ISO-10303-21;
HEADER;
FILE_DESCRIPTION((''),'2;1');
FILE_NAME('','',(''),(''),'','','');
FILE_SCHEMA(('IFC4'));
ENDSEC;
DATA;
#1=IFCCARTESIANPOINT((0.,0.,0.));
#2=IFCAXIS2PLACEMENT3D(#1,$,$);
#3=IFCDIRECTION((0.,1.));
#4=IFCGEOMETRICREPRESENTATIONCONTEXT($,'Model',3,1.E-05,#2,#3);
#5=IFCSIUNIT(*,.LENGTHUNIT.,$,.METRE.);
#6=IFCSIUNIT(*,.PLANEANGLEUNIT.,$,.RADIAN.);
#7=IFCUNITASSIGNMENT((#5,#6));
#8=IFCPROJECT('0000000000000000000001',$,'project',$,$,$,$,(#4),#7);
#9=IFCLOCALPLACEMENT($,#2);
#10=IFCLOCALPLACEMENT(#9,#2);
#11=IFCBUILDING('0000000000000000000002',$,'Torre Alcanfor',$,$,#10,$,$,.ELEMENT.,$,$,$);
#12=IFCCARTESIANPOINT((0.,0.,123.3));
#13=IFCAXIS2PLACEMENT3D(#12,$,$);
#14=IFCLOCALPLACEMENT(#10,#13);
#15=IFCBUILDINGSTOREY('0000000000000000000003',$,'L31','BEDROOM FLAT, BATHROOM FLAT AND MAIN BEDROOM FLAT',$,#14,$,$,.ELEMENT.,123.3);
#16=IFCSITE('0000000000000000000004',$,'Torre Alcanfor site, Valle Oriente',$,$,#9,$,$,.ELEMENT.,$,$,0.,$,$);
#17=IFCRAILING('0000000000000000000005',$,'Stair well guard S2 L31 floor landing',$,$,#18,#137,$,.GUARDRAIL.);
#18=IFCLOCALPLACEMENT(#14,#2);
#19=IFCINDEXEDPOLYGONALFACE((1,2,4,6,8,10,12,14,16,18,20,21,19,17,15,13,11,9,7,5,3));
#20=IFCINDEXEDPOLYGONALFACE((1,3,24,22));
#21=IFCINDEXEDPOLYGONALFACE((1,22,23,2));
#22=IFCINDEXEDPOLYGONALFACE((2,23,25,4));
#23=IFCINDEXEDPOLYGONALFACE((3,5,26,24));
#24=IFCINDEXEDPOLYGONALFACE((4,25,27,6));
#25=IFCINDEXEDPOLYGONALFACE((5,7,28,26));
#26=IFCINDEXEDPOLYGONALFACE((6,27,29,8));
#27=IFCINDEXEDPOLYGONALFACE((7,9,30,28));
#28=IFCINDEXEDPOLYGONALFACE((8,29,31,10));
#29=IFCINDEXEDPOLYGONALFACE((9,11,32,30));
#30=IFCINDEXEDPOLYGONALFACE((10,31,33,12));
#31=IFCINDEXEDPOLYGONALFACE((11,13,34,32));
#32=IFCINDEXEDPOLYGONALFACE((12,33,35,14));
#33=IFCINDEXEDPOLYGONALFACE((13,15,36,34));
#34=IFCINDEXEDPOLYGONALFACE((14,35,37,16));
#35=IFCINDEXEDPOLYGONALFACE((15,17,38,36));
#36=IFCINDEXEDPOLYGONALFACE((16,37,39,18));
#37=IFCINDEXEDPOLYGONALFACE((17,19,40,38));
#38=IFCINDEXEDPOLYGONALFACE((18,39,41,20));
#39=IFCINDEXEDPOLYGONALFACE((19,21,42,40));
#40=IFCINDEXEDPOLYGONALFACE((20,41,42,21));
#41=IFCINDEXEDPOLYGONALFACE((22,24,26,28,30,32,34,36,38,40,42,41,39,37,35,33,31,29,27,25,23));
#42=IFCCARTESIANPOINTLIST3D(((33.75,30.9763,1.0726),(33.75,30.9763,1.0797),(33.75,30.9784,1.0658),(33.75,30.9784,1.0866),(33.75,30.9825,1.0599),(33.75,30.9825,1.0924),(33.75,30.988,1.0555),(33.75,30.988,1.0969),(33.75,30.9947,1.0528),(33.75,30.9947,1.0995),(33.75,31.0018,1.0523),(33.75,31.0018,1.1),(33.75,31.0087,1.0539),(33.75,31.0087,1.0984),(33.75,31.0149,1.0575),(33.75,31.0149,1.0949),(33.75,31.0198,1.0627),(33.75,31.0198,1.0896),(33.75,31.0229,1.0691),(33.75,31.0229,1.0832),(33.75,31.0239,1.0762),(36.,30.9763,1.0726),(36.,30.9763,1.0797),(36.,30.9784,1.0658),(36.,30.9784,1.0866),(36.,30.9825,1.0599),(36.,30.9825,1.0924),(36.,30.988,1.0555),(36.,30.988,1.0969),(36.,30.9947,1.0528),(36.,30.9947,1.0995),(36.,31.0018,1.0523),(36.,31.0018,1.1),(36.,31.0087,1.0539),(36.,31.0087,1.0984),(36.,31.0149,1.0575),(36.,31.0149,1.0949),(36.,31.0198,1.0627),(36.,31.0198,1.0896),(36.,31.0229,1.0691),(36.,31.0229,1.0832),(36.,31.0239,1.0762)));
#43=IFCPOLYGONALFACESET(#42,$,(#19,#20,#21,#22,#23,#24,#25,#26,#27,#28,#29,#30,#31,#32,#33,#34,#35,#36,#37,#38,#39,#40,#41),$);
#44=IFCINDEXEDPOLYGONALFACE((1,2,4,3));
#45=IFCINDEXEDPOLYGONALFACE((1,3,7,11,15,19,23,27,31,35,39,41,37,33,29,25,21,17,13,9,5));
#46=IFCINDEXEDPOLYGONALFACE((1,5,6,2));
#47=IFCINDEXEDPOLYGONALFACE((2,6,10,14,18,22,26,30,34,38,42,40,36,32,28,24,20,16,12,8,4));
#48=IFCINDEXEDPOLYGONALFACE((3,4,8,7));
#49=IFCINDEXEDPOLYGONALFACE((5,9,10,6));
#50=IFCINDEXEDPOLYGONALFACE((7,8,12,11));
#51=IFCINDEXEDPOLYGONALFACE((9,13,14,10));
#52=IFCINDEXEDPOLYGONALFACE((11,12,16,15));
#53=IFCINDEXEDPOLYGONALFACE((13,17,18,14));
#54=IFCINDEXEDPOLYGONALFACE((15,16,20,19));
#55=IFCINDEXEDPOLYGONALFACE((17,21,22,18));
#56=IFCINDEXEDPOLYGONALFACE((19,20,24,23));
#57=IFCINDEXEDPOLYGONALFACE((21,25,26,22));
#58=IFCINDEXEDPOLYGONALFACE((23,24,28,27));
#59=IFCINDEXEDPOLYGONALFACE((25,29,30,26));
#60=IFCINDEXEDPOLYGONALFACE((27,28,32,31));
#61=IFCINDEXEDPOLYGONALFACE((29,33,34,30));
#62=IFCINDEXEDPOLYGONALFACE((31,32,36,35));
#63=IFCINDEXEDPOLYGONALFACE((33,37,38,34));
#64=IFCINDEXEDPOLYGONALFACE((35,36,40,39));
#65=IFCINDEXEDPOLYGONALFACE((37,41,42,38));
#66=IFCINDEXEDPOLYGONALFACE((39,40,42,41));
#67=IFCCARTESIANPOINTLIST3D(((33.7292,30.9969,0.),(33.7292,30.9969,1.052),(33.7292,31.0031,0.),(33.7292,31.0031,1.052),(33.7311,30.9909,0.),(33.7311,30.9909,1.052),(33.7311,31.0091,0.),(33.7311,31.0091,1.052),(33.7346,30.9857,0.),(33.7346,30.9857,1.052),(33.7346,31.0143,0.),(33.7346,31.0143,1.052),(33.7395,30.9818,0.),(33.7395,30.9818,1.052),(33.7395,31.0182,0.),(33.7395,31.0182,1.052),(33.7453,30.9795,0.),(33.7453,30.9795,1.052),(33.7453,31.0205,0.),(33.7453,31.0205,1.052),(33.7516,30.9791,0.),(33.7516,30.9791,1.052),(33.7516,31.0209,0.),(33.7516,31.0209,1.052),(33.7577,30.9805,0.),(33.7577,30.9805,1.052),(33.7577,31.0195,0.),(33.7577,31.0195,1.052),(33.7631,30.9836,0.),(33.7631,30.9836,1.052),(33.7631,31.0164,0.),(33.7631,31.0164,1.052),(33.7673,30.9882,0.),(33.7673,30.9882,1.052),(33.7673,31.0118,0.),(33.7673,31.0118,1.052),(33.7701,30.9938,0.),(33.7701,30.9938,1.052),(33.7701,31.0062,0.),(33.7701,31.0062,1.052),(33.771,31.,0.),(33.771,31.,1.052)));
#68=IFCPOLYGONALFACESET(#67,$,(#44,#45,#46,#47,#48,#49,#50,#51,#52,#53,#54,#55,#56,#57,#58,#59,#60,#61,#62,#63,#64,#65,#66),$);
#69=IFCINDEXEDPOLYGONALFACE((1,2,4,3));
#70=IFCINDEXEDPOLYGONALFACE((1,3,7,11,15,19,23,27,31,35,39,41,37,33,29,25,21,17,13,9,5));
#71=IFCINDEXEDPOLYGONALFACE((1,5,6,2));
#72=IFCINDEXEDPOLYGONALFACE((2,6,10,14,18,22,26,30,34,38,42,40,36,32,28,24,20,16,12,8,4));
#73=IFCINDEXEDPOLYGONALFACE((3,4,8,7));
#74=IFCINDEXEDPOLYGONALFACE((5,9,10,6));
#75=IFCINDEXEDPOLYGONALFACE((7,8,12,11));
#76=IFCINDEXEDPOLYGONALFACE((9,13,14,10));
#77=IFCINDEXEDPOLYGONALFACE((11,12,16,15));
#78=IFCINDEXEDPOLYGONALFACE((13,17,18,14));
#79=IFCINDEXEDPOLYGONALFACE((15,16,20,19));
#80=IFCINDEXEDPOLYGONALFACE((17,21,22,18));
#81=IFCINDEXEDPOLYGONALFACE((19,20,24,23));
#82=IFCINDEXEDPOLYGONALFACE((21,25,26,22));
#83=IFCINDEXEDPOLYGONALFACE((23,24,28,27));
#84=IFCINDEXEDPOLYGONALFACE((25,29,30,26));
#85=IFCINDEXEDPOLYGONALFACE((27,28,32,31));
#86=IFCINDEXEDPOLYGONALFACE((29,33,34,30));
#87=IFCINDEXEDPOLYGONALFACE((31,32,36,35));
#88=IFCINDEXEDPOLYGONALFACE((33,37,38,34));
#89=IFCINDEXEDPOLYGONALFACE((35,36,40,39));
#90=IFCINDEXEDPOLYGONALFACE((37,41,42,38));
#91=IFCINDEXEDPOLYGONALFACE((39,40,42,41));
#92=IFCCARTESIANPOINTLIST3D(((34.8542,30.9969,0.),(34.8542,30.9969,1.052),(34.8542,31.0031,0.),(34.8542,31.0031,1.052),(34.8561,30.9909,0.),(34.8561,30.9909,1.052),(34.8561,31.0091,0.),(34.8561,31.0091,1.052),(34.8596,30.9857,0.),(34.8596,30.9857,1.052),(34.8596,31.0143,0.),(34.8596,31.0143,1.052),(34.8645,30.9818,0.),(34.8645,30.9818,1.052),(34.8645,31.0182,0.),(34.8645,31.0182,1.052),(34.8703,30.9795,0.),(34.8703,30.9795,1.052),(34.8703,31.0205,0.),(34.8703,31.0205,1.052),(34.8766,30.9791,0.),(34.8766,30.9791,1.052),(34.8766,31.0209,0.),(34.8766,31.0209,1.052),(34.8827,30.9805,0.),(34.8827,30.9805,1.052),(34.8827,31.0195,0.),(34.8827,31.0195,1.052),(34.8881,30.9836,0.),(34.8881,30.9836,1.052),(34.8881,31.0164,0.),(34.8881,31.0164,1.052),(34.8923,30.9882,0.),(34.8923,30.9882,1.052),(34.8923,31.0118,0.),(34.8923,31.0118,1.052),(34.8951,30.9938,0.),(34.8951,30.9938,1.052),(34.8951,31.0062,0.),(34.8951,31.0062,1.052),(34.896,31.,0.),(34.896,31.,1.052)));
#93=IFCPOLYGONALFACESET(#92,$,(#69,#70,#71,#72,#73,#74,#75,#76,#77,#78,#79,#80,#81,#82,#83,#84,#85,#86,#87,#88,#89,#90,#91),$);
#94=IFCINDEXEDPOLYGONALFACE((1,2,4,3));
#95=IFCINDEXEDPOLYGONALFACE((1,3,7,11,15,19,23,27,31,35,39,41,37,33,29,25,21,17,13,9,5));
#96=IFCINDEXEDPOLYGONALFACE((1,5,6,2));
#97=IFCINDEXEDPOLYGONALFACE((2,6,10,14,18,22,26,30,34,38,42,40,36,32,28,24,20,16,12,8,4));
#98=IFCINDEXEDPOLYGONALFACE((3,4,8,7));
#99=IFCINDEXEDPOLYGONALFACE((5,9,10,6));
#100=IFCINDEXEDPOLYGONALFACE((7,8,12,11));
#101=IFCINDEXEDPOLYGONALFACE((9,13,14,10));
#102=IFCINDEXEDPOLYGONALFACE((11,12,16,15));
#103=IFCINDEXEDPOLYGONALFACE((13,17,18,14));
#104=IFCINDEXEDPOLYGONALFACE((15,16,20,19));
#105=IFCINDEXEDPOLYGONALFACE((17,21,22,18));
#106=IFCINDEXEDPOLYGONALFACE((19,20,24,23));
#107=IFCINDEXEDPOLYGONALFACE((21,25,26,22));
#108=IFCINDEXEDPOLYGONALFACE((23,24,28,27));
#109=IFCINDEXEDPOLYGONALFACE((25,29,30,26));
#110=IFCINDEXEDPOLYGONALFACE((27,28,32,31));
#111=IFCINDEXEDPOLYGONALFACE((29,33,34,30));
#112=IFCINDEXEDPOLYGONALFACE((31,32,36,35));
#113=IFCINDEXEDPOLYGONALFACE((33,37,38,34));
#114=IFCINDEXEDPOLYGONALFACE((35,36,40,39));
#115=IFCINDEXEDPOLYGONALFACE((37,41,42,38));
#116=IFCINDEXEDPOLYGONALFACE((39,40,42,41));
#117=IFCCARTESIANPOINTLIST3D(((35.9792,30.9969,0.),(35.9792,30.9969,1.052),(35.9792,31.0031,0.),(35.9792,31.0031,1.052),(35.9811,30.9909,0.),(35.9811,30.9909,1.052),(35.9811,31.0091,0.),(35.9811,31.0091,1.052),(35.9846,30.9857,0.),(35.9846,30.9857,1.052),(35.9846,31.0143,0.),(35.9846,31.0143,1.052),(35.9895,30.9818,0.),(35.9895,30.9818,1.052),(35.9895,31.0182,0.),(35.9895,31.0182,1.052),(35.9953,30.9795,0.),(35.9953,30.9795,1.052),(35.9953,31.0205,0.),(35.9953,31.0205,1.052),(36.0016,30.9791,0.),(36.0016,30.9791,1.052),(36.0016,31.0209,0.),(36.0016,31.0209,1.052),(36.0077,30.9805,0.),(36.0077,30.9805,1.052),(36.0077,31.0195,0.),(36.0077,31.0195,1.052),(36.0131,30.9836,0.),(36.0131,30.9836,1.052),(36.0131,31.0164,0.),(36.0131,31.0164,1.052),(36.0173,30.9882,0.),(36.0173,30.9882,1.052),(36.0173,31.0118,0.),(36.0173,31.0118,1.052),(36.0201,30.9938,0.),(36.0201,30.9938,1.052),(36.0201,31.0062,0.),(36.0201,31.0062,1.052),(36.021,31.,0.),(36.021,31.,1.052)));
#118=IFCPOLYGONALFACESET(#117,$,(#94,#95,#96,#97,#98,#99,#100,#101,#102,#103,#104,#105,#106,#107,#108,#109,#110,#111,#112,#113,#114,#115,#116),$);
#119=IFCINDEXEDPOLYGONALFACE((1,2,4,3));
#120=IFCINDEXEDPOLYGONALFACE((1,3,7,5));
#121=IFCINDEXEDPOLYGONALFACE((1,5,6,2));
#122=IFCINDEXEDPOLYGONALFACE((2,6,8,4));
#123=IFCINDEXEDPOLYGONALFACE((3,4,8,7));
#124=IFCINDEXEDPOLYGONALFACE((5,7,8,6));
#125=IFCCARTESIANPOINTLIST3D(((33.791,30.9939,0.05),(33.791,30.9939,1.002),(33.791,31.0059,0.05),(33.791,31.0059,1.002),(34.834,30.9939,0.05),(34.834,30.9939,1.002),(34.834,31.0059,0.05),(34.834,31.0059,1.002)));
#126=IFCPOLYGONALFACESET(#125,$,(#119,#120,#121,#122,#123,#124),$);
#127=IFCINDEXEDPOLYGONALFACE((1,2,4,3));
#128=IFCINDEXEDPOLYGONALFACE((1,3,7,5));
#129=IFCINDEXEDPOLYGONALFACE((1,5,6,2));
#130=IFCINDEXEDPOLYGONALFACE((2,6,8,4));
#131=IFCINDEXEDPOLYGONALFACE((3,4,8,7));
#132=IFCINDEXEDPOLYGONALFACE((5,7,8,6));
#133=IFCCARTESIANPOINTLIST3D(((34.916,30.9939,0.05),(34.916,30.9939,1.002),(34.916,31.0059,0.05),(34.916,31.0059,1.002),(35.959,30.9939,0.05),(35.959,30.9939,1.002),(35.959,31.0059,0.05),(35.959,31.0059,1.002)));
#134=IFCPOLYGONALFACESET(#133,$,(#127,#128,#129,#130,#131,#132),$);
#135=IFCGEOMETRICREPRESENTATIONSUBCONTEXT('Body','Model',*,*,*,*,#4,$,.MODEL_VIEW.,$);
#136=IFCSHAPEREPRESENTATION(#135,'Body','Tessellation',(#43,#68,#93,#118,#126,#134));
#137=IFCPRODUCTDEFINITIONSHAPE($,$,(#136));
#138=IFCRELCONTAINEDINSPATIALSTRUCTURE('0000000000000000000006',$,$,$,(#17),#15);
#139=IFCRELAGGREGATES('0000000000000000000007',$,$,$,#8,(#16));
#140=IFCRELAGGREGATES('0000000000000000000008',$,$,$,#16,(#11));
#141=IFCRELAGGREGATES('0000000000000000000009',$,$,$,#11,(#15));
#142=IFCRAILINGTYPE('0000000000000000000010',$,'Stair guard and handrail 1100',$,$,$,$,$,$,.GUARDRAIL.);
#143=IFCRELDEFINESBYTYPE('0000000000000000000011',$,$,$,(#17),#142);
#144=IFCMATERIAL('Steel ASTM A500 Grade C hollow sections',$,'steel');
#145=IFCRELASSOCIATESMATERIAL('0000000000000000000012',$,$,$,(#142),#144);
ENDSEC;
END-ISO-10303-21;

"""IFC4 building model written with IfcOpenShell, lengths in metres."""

from ifc_helpers import new_model, si_unit, direction, frame, origin, origin_2d, place, context, subcontext, project, spatial, polyline, circle, outline, extrude, material, type_object, element, save


model = new_model("IFC4")

# Units and contexts
model_context = context("Model", 3, precision=1e-05, world=origin(), true_north=direction((0.0, 1.0)))
body_context = subcontext(model_context, "Body", "Model", "MODEL_VIEW")
ifc_project = project(units=[si_unit("LENGTHUNIT", "METRE"), si_unit("PLANEANGLEUNIT", "RADIAN")], contexts=[model_context])

# Site, building, storey
site_placement = place(None, origin())
site = spatial("IfcSite", under=ifc_project, at=site_placement, Name="Torre Alcanfor site, Valle Oriente", CompositionType="ELEMENT", RefElevation=0.0)
building_placement = place(site_placement, origin())
building = spatial("IfcBuilding", under=site, at=building_placement, Name="Torre Alcanfor", CompositionType="ELEMENT")
storey_placement = place(building_placement, frame((0.0, 0.0, 123.3)))
storey = spatial("IfcBuildingStorey", under=building, at=storey_placement, Name="L31", Description="BEDROOM FLAT, BATHROOM FLAT AND MAIN BEDROOM FLAT", CompositionType="ELEMENT", Elevation=123.3)

# Railing
ifc_material_1 = material(Name="Steel ASTM A500 Grade C hollow sections", Category="steel")
railing_type_1 = type_object("IfcRailingType", Name="Stair guard and handrail 1100", PredefinedType="GUARDRAIL", material=ifc_material_1)
for number, where, name in (
    (1, (33.75, 31.0, 0.0), "Stair well guard S2 L31 floor landing"),
):
    element("IfcRailing", number, at=place(storey_placement, frame(where)), inside=storey, type_object=railing_type_1, Name=name, PredefinedType="GUARDRAIL", context=body_context, shape_type="SweptSolid", body=[
        extrude(circle(Radius=0.0239, at=origin_2d()), frame((0.0, 0.0, 1.0762), z_axis=(1.0, 0.0, 0.0), x_axis=(0.0, 1.0, 0.0)), (0.0, 0.0, 1.0), 2.25),
        extrude(circle(Radius=0.021, at=origin_2d()), origin(), (0.0, 0.0, 1.0), 1.052),
        extrude(circle(Radius=0.021, at=origin_2d()), frame((1.125, 0.0, 0.0)), (0.0, 0.0, 1.0), 1.052),
        extrude(circle(Radius=0.021, at=origin_2d()), frame((2.25, 0.0, 0.0)), (0.0, 0.0, 1.0), 1.052),
        extrude(outline(polyline([(0.041, 0.05), (1.084, 0.05), (1.084, 1.002), (0.041, 1.002), (0.041, 0.05)])), frame((0.0, 0.0059, 0.0), z_axis=(0.0, -1.0, 0.0), x_axis=(1.0, 0.0, 0.0)), (0.0, 0.0, 1.0), 0.012),
        extrude(outline(polyline([(1.166, 0.05), (2.209, 0.05), (2.209, 1.002), (1.166, 1.002), (1.166, 0.05)])), frame((0.0, 0.0059, 0.0), z_axis=(0.0, -1.0, 0.0), x_axis=(1.0, 0.0, 0.0)), (0.0, 0.0, 1.0), 0.012),
    ])

save(model, "model.ifc")
